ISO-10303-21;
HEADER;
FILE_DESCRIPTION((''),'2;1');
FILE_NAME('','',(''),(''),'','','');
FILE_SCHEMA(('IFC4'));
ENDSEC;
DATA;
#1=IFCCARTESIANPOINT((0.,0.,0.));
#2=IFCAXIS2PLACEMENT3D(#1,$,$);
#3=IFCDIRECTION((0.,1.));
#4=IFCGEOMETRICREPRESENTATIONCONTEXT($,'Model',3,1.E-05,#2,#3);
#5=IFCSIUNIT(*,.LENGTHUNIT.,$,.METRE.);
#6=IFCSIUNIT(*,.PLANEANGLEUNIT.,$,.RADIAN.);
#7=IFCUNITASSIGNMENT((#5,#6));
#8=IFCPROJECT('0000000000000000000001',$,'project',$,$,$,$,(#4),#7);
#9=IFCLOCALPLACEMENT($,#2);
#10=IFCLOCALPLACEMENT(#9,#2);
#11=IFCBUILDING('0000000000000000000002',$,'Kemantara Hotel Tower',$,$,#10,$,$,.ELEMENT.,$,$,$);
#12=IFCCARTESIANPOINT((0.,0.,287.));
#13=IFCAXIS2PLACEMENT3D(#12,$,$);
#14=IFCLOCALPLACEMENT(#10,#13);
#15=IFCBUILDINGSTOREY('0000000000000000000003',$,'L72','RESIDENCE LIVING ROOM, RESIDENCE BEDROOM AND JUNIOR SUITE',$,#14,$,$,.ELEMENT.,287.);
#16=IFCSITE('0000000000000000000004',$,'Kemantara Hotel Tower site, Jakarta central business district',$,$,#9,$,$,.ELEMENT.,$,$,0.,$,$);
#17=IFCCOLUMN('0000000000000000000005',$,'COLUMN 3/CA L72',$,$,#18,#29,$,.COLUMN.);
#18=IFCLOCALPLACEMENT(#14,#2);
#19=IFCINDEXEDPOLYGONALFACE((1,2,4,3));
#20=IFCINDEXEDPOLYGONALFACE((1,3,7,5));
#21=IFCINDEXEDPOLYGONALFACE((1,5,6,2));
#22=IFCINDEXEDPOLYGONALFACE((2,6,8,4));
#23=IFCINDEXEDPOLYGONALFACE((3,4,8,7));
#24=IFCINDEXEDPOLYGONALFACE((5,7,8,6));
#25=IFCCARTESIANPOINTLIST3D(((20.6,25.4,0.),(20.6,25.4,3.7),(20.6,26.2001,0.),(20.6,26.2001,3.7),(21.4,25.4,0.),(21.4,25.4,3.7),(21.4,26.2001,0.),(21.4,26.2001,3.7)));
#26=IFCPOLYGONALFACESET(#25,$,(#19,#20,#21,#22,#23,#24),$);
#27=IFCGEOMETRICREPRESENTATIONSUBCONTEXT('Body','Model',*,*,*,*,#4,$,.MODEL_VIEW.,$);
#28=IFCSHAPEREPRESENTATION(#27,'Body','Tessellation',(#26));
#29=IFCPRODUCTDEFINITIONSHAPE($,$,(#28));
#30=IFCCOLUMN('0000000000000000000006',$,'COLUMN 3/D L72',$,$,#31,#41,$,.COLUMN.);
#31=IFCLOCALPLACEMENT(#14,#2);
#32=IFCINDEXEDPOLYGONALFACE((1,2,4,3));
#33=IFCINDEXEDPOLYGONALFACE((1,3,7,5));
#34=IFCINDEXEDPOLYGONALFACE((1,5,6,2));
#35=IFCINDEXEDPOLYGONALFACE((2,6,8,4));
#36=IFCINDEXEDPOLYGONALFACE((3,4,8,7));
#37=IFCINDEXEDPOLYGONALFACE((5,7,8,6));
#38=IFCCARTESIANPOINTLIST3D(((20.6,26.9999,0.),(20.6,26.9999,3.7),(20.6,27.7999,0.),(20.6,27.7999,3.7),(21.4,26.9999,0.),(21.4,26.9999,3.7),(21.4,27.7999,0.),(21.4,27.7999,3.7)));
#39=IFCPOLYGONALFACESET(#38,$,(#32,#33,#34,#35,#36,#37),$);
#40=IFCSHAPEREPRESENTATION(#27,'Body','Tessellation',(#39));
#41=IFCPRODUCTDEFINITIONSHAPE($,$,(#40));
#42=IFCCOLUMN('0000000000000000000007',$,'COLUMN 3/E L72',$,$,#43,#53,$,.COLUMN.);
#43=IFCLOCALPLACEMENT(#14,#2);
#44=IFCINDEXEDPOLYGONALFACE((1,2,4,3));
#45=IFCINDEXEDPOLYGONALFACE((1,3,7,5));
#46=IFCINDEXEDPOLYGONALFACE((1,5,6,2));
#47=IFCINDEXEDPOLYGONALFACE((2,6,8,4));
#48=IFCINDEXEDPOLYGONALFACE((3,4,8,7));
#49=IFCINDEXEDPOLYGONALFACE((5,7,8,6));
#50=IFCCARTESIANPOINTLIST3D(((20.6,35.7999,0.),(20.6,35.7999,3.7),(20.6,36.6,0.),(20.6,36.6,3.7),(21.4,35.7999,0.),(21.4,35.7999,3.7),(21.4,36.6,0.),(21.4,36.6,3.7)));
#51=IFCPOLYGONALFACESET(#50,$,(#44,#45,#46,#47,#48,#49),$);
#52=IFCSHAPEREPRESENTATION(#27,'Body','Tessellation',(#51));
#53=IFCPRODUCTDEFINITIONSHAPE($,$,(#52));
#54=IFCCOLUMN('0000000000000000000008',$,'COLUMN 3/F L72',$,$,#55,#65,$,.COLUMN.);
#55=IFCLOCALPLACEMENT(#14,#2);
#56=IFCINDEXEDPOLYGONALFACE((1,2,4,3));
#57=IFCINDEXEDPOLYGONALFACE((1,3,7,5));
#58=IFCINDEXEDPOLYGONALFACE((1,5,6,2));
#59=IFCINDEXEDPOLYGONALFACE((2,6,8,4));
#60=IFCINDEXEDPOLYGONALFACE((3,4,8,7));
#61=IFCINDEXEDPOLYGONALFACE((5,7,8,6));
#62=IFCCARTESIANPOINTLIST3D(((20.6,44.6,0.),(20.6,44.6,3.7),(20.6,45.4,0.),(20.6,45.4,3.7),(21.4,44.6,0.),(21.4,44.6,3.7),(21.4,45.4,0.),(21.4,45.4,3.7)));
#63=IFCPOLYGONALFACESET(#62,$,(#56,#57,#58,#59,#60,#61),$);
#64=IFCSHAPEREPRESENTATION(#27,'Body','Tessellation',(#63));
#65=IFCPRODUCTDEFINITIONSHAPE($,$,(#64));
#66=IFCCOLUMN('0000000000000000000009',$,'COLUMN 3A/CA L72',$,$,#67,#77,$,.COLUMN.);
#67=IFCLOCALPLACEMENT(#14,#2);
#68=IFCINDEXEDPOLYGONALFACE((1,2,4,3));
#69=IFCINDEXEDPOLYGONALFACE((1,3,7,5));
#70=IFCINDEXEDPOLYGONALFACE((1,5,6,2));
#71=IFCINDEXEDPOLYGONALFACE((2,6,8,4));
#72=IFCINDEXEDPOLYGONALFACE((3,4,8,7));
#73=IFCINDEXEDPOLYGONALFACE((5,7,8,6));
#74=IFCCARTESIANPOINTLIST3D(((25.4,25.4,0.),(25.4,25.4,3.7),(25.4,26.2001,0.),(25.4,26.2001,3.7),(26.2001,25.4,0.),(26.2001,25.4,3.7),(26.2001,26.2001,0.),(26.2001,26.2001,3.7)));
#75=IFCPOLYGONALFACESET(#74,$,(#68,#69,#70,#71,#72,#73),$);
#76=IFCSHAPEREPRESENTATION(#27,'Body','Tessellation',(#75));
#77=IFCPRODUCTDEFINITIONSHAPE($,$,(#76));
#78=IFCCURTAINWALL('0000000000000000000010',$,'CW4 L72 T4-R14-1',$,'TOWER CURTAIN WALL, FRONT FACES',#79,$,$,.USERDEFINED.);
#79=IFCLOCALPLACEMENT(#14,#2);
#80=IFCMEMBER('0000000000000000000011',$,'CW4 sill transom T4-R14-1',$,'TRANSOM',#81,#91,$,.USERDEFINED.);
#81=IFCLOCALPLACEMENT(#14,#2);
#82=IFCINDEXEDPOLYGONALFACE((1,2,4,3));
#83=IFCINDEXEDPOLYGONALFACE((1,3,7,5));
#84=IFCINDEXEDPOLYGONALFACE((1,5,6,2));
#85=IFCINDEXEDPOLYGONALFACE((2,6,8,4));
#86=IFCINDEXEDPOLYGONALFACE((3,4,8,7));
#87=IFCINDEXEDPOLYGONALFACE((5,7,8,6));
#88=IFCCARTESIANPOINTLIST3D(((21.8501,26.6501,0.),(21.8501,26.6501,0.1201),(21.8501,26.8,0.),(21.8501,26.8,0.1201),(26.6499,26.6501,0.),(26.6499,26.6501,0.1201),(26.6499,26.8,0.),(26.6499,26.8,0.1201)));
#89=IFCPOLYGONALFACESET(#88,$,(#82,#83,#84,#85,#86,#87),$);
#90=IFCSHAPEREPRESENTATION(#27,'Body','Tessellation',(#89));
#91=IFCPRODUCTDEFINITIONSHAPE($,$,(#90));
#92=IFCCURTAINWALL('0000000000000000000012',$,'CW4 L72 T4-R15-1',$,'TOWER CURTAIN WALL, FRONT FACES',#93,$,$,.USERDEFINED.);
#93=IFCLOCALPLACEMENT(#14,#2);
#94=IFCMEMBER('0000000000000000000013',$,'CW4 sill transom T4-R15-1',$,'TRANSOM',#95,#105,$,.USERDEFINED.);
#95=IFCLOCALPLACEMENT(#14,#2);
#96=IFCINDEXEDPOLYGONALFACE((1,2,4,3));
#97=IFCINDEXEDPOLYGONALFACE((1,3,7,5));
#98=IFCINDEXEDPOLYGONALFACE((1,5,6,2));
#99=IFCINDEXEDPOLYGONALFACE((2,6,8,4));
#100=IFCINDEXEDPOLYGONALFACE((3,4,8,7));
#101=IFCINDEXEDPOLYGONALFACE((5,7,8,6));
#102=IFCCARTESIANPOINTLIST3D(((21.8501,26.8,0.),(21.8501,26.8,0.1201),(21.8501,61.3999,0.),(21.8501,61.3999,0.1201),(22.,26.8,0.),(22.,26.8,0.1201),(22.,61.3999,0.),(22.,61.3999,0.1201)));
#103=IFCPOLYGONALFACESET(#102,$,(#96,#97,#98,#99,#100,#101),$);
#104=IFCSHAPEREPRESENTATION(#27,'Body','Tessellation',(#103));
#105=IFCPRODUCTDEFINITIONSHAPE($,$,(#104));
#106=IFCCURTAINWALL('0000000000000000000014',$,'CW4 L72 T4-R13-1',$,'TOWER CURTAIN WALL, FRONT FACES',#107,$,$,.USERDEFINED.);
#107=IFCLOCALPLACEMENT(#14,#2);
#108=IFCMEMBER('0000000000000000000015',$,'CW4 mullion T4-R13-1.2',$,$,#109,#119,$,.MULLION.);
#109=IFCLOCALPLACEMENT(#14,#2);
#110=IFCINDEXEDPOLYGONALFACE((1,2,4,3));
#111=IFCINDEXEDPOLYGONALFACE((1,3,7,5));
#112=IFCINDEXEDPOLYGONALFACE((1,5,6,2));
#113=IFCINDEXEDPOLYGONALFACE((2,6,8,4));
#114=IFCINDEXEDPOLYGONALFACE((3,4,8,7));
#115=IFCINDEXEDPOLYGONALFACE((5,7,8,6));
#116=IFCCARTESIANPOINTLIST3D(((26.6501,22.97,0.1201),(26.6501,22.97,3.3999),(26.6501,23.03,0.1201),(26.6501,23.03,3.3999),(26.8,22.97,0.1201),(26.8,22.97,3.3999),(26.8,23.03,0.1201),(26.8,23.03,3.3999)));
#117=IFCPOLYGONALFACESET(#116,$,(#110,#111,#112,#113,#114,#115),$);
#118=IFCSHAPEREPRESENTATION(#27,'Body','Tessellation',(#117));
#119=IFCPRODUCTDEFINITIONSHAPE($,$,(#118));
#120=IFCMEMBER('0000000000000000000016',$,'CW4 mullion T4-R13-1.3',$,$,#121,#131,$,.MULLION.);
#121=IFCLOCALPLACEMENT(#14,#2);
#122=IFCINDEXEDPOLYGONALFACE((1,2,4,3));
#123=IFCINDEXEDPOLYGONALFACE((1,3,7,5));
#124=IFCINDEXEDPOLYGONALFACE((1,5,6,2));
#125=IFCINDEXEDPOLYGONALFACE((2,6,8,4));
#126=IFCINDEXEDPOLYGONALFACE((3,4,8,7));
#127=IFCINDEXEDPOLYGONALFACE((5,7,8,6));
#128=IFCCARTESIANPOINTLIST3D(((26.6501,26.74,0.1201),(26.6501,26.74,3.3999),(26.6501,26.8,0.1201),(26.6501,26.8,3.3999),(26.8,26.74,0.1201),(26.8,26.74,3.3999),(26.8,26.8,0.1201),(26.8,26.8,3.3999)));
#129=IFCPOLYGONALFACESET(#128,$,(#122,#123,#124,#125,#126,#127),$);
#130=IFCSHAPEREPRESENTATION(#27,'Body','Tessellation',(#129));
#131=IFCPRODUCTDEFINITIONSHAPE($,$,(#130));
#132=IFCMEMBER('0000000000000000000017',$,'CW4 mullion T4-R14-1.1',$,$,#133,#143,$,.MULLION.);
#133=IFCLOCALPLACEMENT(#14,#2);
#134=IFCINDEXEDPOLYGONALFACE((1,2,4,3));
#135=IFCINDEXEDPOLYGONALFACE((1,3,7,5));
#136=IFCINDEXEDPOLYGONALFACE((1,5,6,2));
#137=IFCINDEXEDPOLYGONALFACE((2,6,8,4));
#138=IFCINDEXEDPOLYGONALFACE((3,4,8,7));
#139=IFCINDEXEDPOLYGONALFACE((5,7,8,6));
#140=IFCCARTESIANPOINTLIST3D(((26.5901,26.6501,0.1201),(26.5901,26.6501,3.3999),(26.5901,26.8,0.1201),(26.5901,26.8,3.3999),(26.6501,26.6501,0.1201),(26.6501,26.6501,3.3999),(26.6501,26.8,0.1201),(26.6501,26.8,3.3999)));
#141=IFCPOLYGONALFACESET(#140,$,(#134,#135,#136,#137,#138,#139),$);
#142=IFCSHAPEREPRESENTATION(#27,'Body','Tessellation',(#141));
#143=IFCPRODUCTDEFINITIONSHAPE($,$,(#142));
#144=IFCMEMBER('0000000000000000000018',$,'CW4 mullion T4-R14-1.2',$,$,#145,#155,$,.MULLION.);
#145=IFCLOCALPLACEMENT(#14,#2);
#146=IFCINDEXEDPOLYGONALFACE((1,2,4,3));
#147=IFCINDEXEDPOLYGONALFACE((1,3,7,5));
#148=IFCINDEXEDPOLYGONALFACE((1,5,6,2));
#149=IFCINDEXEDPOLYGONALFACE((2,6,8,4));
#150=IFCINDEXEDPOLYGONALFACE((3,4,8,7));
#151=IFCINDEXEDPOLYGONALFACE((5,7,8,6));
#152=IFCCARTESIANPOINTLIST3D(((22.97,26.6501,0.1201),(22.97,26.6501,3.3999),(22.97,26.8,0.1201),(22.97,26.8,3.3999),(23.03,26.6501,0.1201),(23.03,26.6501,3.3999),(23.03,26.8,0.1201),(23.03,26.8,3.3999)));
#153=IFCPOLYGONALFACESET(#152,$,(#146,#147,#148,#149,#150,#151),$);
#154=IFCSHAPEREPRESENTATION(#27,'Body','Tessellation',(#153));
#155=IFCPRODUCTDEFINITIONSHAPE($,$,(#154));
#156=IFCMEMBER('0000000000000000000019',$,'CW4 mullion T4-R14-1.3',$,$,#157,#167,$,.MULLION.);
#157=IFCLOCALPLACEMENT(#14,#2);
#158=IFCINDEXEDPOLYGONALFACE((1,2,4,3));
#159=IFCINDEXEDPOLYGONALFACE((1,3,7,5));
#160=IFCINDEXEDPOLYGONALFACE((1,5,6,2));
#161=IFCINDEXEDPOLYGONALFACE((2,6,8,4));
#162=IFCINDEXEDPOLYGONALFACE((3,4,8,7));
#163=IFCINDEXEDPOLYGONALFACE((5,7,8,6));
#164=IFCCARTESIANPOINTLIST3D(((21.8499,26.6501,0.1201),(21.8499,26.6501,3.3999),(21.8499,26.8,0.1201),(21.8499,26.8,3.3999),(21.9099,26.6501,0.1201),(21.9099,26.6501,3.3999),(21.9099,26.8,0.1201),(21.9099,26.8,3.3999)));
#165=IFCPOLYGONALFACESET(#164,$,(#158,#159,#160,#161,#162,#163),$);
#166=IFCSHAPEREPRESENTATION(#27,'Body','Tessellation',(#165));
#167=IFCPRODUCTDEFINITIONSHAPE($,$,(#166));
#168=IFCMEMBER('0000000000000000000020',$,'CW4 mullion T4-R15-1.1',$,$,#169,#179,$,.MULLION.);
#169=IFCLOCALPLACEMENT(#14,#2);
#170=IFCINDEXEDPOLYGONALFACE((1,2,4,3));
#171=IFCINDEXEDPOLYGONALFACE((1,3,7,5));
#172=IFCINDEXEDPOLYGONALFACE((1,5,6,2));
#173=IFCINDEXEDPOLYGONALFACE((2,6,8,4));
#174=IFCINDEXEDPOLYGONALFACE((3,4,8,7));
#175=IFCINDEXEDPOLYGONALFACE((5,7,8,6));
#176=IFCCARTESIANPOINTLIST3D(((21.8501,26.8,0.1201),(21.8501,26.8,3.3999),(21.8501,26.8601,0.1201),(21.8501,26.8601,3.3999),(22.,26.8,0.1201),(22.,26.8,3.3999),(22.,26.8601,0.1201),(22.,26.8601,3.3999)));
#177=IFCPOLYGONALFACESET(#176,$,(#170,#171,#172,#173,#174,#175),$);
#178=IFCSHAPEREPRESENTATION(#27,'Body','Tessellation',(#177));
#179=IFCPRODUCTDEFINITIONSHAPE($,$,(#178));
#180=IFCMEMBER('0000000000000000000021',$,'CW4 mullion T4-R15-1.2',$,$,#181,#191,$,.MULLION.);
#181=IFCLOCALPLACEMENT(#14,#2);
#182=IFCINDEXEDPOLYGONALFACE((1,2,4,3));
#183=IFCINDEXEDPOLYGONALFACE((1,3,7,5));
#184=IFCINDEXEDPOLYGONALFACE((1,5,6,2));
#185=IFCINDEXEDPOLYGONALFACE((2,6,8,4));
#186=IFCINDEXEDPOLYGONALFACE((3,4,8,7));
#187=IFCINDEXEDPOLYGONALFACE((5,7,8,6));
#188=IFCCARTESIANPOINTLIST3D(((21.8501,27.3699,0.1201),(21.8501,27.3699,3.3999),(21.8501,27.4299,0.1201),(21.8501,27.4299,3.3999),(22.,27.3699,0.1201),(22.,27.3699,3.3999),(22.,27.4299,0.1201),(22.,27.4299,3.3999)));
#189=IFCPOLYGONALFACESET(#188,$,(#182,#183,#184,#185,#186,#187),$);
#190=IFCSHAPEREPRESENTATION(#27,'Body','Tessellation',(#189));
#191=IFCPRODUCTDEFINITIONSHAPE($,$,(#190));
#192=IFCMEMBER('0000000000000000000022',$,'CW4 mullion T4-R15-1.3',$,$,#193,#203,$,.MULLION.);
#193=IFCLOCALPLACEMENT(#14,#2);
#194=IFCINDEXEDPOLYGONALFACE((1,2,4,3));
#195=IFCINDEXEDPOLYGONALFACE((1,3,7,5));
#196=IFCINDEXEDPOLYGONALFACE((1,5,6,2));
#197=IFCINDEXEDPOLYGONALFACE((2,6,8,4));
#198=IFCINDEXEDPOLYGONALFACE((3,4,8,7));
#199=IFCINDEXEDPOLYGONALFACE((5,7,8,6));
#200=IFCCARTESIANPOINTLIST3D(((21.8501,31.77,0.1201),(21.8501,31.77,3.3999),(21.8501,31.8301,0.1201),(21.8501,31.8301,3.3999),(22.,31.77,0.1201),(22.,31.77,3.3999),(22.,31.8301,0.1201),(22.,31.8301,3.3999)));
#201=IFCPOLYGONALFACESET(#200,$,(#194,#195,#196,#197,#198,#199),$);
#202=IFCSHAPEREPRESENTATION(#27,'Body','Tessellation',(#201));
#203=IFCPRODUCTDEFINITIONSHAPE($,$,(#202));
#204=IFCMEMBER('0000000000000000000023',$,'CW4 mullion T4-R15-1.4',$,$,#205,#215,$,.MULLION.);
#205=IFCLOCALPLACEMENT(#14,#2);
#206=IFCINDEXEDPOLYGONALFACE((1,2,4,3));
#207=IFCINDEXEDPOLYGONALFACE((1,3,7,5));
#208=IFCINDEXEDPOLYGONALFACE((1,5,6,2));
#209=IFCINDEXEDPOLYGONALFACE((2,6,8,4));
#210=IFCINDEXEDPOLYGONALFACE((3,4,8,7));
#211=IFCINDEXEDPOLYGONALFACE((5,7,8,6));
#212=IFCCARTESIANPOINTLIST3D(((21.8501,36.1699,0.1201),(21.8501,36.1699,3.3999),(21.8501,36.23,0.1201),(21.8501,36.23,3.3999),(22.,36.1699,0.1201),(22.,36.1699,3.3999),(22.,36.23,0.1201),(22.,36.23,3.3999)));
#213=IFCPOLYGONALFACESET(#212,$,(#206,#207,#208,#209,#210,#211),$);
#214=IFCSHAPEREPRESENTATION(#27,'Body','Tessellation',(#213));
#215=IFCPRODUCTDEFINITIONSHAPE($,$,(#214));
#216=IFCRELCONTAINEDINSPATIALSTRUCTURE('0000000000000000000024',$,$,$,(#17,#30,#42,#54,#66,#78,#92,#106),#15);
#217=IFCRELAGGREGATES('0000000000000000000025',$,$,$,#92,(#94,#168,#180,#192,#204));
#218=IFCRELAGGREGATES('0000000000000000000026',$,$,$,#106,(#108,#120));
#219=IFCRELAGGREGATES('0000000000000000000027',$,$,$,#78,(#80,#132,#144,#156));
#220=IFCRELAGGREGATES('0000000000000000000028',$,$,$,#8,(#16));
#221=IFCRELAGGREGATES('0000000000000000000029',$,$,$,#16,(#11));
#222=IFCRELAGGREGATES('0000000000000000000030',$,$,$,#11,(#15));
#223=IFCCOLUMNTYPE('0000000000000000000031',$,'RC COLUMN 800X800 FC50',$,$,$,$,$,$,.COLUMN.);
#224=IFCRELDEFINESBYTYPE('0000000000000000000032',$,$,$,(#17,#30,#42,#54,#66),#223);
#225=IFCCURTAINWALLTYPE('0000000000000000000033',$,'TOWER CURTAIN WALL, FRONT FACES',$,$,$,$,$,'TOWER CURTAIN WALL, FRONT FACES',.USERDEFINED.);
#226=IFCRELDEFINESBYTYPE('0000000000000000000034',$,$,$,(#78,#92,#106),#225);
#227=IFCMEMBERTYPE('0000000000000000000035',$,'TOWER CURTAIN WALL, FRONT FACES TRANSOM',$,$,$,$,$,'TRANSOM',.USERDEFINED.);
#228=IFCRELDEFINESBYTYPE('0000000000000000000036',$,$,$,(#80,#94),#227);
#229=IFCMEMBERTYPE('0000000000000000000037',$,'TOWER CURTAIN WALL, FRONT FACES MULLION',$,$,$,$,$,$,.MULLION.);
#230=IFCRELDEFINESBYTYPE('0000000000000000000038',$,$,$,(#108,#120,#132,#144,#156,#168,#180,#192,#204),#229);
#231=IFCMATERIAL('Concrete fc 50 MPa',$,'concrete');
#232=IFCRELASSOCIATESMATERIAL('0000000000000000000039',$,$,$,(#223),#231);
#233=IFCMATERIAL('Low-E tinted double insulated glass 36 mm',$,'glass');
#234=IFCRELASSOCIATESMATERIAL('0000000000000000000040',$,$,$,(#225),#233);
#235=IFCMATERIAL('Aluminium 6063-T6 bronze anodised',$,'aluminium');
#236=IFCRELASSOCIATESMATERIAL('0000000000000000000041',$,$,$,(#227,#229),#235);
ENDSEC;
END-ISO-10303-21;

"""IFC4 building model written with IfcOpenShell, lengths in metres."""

from ifc_helpers import new_model, si_unit, direction, frame, origin, origin_2d, place, context, subcontext, project, spatial, rectangle, extrude, source, transform, mapped, material, material_profile, profile_set, type_object, element, aggregate, save


model = new_model("IFC4")

# Units and contexts
model_context = context("Model", 3, precision=1e-05, world=origin(), true_north=direction((0.0, 1.0)))
body_context = subcontext(model_context, "Body", "Model", "MODEL_VIEW")
ifc_project = project(units=[si_unit("LENGTHUNIT", "METRE"), si_unit("PLANEANGLEUNIT", "RADIAN")], contexts=[model_context])

# Site, building, storey
site_placement = place(None, origin())
site = spatial("IfcSite", under=ifc_project, at=site_placement, Name="Kemantara Hotel Tower site, Jakarta central business district", CompositionType="ELEMENT", RefElevation=0.0)
building_placement = place(site_placement, origin())
building = spatial("IfcBuilding", under=site, at=building_placement, Name="Kemantara Hotel Tower", CompositionType="ELEMENT")
storey_placement = place(building_placement, frame((0.0, 0.0, 287.0)))
storey = spatial("IfcBuildingStorey", under=building, at=storey_placement, Name="L72", Description="RESIDENCE LIVING ROOM, RESIDENCE BEDROOM AND JUNIOR SUITE", CompositionType="ELEMENT", Elevation=287.0)

# Columns
ifc_material_1 = material(Name="Concrete fc 50 MPa", Category="concrete")
ifc_material_profile_1 = material_profile(ifc_material_1, rectangle(XDim=0.8, YDim=0.8, at=origin_2d()), Name="RC 800X800")
ifc_profile_set_1 = profile_set([ifc_material_profile_1], Name="Concrete fc 50 MPa")
column_type = type_object("IfcColumnType", Name="RC COLUMN 800X800 FC50", PredefinedType="COLUMN", material=ifc_profile_set_1)
for number, where, z_axis, x_axis, name in (
    (1, (21.0, 25.8, 0.0), (0.0, 0.0, 1.0), (1.0, 0.0, 0.0), "COLUMN 3/CA L72"),
    (2, (21.0, 27.3999, 0.0), (0.0, 0.0, 1.0), (1.0, 0.0, 0.0), "COLUMN 3/D L72"),
    (3, (21.0, 36.2, 0.0), (0.0, 0.0, 1.0), (1.0, 0.0, 0.0), "COLUMN 3/E L72"),
    (4, (21.0, 45.0, 0.0), (0.0, 0.0, 1.0), (1.0, 0.0, 0.0), "COLUMN 3/F L72"),
    (5, (25.8, 25.8, 0.0), (0.0, 0.0, 1.0), (1.0, 0.0, 0.0), "COLUMN 3A/CA L72"),
):
    element("IfcColumn", number, at=place(storey_placement, frame(where, z_axis=z_axis, x_axis=x_axis)), inside=storey, type_object=column_type, Name=name, PredefinedType="COLUMN", context=body_context, shape_type="SweptSolid", body=[
        extrude(rectangle(XDim=0.8, YDim=0.8, at=origin_2d()), origin(), (0.0, 0.0, 1.0), 3.7),
    ])

# Curtain walls, members
ifc_material_2 = material(Name="Low-E tinted double insulated glass 36 mm", Category="glass")
curtain_wall_type = type_object("IfcCurtainWallType", Name="TOWER CURTAIN WALL, FRONT FACES", ElementType="TOWER CURTAIN WALL, FRONT FACES", PredefinedType="USERDEFINED", material=ifc_material_2)
curtain_wall_1_placement = place(storey_placement, origin())
curtain_wall_1 = element("IfcCurtainWall", 6, at=curtain_wall_1_placement, inside=storey, type_object=curtain_wall_type, Name="CW4 L72 T4-R14-1", ObjectType="TOWER CURTAIN WALL, FRONT FACES", PredefinedType="USERDEFINED")
ifc_material_3 = material(Name="Aluminium 6063-T6 bronze anodised", Category="aluminium")
ifc_material_profile_2 = material_profile(ifc_material_3, rectangle(XDim=0.1499, YDim=0.1201, at=origin_2d()), Name="TOWER CURTAIN WALL, FRONT FACES TRANSOM")
ifc_profile_set_2 = profile_set([ifc_material_profile_2], Name="Aluminium 6063-T6 bronze anodised")
member_type_1 = type_object("IfcMemberType", Name="TOWER CURTAIN WALL, FRONT FACES TRANSOM", ElementType="TRANSOM", PredefinedType="USERDEFINED", material=ifc_profile_set_2)
member_1_placement = place(storey_placement, frame((26.6499, 26.7251, 0.0601), z_axis=(-1.0, 0.0, 0.0), x_axis=(0.0, -1.0, 0.0)))
member_1 = element("IfcMember", 7, at=member_1_placement, type_object=member_type_1, Name="CW4 sill transom T4-R14-1", ObjectType="TRANSOM", PredefinedType="USERDEFINED", context=body_context, shape_type="SweptSolid", body=[
    extrude(rectangle(XDim=0.1499, YDim=0.1201, at=origin_2d()), origin(), (0.0, 0.0, 1.0), 4.7998),
])
curtain_wall_2_placement = place(storey_placement, origin())
curtain_wall_2 = element("IfcCurtainWall", 8, at=curtain_wall_2_placement, inside=storey, type_object=curtain_wall_type, Name="CW4 L72 T4-R15-1", ObjectType="TOWER CURTAIN WALL, FRONT FACES", PredefinedType="USERDEFINED")
member_2_placement = place(storey_placement, frame((21.925, 26.8, 0.0601), z_axis=(0.0, 1.0, 0.0), x_axis=(-1.0, 0.0, 0.0)))
member_2 = element("IfcMember", 9, at=member_2_placement, type_object=member_type_1, Name="CW4 sill transom T4-R15-1", ObjectType="TRANSOM", PredefinedType="USERDEFINED", context=body_context, shape_type="SweptSolid", body=[
    extrude(rectangle(XDim=0.1499, YDim=0.1201, at=origin_2d()), origin(), (0.0, 0.0, 1.0), 34.5999),
])

# Curtain wall, members
curtain_wall_3_placement = place(storey_placement, origin())
curtain_wall_3 = element("IfcCurtainWall", 10, at=curtain_wall_3_placement, inside=storey, type_object=curtain_wall_type, Name="CW4 L72 T4-R13-1", ObjectType="TOWER CURTAIN WALL, FRONT FACES", PredefinedType="USERDEFINED")
ifc_material_profile_3 = material_profile(ifc_material_3, rectangle(XDim=0.1499, YDim=0.0601, at=origin_2d()), Name="TOWER CURTAIN WALL, FRONT FACES MULLION")
ifc_profile_set_3 = profile_set([ifc_material_profile_3], Name="Aluminium 6063-T6 bronze anodised")
member_type_2 = type_object("IfcMemberType", Name="TOWER CURTAIN WALL, FRONT FACES MULLION", PredefinedType="MULLION", material=ifc_profile_set_3)
shared_shape_1 = source(origin(), body_context, "Body", "SweptSolid", [
    extrude(rectangle(XDim=0.1499, YDim=0.0601, at=origin_2d()), origin(), (0.0, 0.0, 1.0), 3.2798),
])
member_3_placement = place(storey_placement, frame((26.7251, 23.0, 0.1201), z_axis=(0.0, 0.0, 1.0), x_axis=(-1.0, 0.0, 0.0)))
member_3 = element("IfcMember", 11, at=member_3_placement, type_object=member_type_2, Name="CW4 mullion T4-R13-1.2", PredefinedType="MULLION", context=body_context, shape_type="MappedRepresentation", body=[
    mapped(shared_shape_1, transform((0.0, 0.0, 0.0))),
])
member_4_placement = place(storey_placement, frame((26.7251, 26.77, 0.1201), z_axis=(0.0, 0.0, 1.0), x_axis=(-1.0, 0.0, 0.0)))
member_4 = element("IfcMember", 12, at=member_4_placement, type_object=member_type_2, Name="CW4 mullion T4-R13-1.3", PredefinedType="MULLION", context=body_context, shape_type="MappedRepresentation", body=[
    mapped(shared_shape_1, transform((0.0, 0.0, 0.0))),
])

# Members
member_5_placement = place(storey_placement, frame((26.6201, 26.7251, 0.1201), z_axis=(0.0, 0.0, 1.0), x_axis=(0.0, -1.0, 0.0)))
member_5 = element("IfcMember", 13, at=member_5_placement, type_object=member_type_2, Name="CW4 mullion T4-R14-1.1", PredefinedType="MULLION", context=body_context, shape_type="MappedRepresentation", body=[
    mapped(shared_shape_1, transform((0.0, 0.0, 0.0))),
])
member_6_placement = place(storey_placement, frame((23.0, 26.7251, 0.1201), z_axis=(0.0, 0.0, 1.0), x_axis=(0.0, -1.0, 0.0)))
member_6 = element("IfcMember", 14, at=member_6_placement, type_object=member_type_2, Name="CW4 mullion T4-R14-1.2", PredefinedType="MULLION", context=body_context, shape_type="MappedRepresentation", body=[
    mapped(shared_shape_1, transform((0.0, 0.0, 0.0))),
])
member_7_placement = place(storey_placement, frame((21.8799, 26.7251, 0.1201), z_axis=(0.0, 0.0, 1.0), x_axis=(0.0, -1.0, 0.0)))
member_7 = element("IfcMember", 15, at=member_7_placement, type_object=member_type_2, Name="CW4 mullion T4-R14-1.3", PredefinedType="MULLION", context=body_context, shape_type="MappedRepresentation", body=[
    mapped(shared_shape_1, transform((0.0, 0.0, 0.0))),
])
member_8_placement = place(storey_placement, frame((21.925, 26.8301, 0.1201), z_axis=(0.0, 0.0, 1.0), x_axis=(-1.0, 0.0, 0.0)))
member_8 = element("IfcMember", 16, at=member_8_placement, type_object=member_type_2, Name="CW4 mullion T4-R15-1.1", PredefinedType="MULLION", context=body_context, shape_type="MappedRepresentation", body=[
    mapped(shared_shape_1, transform((0.0, 0.0, 0.0))),
])
member_9_placement = place(storey_placement, frame((21.925, 27.3999, 0.1201), z_axis=(0.0, 0.0, 1.0), x_axis=(-1.0, 0.0, 0.0)))
member_9 = element("IfcMember", 17, at=member_9_placement, type_object=member_type_2, Name="CW4 mullion T4-R15-1.2", PredefinedType="MULLION", context=body_context, shape_type="MappedRepresentation", body=[
    mapped(shared_shape_1, transform((0.0, 0.0, 0.0))),
])
member_10_placement = place(storey_placement, frame((21.925, 31.8, 0.1201), z_axis=(0.0, 0.0, 1.0), x_axis=(-1.0, 0.0, 0.0)))
member_10 = element("IfcMember", 18, at=member_10_placement, type_object=member_type_2, Name="CW4 mullion T4-R15-1.3", PredefinedType="MULLION", context=body_context, shape_type="MappedRepresentation", body=[
    mapped(shared_shape_1, transform((0.0, 0.0, 0.0))),
])
member_11_placement = place(storey_placement, frame((21.925, 36.2, 0.1201), z_axis=(0.0, 0.0, 1.0), x_axis=(-1.0, 0.0, 0.0)))
member_11 = element("IfcMember", 19, at=member_11_placement, type_object=member_type_2, Name="CW4 mullion T4-R15-1.4", PredefinedType="MULLION", context=body_context, shape_type="MappedRepresentation", body=[
    mapped(shared_shape_1, transform((0.0, 0.0, 0.0))),
])

aggregate(curtain_wall_2, [member_2, member_8, member_9, member_10, member_11])
aggregate(curtain_wall_3, [member_3, member_4])
aggregate(curtain_wall_1, [member_1, member_5, member_6, member_7])

save(model, "model.ifc")
